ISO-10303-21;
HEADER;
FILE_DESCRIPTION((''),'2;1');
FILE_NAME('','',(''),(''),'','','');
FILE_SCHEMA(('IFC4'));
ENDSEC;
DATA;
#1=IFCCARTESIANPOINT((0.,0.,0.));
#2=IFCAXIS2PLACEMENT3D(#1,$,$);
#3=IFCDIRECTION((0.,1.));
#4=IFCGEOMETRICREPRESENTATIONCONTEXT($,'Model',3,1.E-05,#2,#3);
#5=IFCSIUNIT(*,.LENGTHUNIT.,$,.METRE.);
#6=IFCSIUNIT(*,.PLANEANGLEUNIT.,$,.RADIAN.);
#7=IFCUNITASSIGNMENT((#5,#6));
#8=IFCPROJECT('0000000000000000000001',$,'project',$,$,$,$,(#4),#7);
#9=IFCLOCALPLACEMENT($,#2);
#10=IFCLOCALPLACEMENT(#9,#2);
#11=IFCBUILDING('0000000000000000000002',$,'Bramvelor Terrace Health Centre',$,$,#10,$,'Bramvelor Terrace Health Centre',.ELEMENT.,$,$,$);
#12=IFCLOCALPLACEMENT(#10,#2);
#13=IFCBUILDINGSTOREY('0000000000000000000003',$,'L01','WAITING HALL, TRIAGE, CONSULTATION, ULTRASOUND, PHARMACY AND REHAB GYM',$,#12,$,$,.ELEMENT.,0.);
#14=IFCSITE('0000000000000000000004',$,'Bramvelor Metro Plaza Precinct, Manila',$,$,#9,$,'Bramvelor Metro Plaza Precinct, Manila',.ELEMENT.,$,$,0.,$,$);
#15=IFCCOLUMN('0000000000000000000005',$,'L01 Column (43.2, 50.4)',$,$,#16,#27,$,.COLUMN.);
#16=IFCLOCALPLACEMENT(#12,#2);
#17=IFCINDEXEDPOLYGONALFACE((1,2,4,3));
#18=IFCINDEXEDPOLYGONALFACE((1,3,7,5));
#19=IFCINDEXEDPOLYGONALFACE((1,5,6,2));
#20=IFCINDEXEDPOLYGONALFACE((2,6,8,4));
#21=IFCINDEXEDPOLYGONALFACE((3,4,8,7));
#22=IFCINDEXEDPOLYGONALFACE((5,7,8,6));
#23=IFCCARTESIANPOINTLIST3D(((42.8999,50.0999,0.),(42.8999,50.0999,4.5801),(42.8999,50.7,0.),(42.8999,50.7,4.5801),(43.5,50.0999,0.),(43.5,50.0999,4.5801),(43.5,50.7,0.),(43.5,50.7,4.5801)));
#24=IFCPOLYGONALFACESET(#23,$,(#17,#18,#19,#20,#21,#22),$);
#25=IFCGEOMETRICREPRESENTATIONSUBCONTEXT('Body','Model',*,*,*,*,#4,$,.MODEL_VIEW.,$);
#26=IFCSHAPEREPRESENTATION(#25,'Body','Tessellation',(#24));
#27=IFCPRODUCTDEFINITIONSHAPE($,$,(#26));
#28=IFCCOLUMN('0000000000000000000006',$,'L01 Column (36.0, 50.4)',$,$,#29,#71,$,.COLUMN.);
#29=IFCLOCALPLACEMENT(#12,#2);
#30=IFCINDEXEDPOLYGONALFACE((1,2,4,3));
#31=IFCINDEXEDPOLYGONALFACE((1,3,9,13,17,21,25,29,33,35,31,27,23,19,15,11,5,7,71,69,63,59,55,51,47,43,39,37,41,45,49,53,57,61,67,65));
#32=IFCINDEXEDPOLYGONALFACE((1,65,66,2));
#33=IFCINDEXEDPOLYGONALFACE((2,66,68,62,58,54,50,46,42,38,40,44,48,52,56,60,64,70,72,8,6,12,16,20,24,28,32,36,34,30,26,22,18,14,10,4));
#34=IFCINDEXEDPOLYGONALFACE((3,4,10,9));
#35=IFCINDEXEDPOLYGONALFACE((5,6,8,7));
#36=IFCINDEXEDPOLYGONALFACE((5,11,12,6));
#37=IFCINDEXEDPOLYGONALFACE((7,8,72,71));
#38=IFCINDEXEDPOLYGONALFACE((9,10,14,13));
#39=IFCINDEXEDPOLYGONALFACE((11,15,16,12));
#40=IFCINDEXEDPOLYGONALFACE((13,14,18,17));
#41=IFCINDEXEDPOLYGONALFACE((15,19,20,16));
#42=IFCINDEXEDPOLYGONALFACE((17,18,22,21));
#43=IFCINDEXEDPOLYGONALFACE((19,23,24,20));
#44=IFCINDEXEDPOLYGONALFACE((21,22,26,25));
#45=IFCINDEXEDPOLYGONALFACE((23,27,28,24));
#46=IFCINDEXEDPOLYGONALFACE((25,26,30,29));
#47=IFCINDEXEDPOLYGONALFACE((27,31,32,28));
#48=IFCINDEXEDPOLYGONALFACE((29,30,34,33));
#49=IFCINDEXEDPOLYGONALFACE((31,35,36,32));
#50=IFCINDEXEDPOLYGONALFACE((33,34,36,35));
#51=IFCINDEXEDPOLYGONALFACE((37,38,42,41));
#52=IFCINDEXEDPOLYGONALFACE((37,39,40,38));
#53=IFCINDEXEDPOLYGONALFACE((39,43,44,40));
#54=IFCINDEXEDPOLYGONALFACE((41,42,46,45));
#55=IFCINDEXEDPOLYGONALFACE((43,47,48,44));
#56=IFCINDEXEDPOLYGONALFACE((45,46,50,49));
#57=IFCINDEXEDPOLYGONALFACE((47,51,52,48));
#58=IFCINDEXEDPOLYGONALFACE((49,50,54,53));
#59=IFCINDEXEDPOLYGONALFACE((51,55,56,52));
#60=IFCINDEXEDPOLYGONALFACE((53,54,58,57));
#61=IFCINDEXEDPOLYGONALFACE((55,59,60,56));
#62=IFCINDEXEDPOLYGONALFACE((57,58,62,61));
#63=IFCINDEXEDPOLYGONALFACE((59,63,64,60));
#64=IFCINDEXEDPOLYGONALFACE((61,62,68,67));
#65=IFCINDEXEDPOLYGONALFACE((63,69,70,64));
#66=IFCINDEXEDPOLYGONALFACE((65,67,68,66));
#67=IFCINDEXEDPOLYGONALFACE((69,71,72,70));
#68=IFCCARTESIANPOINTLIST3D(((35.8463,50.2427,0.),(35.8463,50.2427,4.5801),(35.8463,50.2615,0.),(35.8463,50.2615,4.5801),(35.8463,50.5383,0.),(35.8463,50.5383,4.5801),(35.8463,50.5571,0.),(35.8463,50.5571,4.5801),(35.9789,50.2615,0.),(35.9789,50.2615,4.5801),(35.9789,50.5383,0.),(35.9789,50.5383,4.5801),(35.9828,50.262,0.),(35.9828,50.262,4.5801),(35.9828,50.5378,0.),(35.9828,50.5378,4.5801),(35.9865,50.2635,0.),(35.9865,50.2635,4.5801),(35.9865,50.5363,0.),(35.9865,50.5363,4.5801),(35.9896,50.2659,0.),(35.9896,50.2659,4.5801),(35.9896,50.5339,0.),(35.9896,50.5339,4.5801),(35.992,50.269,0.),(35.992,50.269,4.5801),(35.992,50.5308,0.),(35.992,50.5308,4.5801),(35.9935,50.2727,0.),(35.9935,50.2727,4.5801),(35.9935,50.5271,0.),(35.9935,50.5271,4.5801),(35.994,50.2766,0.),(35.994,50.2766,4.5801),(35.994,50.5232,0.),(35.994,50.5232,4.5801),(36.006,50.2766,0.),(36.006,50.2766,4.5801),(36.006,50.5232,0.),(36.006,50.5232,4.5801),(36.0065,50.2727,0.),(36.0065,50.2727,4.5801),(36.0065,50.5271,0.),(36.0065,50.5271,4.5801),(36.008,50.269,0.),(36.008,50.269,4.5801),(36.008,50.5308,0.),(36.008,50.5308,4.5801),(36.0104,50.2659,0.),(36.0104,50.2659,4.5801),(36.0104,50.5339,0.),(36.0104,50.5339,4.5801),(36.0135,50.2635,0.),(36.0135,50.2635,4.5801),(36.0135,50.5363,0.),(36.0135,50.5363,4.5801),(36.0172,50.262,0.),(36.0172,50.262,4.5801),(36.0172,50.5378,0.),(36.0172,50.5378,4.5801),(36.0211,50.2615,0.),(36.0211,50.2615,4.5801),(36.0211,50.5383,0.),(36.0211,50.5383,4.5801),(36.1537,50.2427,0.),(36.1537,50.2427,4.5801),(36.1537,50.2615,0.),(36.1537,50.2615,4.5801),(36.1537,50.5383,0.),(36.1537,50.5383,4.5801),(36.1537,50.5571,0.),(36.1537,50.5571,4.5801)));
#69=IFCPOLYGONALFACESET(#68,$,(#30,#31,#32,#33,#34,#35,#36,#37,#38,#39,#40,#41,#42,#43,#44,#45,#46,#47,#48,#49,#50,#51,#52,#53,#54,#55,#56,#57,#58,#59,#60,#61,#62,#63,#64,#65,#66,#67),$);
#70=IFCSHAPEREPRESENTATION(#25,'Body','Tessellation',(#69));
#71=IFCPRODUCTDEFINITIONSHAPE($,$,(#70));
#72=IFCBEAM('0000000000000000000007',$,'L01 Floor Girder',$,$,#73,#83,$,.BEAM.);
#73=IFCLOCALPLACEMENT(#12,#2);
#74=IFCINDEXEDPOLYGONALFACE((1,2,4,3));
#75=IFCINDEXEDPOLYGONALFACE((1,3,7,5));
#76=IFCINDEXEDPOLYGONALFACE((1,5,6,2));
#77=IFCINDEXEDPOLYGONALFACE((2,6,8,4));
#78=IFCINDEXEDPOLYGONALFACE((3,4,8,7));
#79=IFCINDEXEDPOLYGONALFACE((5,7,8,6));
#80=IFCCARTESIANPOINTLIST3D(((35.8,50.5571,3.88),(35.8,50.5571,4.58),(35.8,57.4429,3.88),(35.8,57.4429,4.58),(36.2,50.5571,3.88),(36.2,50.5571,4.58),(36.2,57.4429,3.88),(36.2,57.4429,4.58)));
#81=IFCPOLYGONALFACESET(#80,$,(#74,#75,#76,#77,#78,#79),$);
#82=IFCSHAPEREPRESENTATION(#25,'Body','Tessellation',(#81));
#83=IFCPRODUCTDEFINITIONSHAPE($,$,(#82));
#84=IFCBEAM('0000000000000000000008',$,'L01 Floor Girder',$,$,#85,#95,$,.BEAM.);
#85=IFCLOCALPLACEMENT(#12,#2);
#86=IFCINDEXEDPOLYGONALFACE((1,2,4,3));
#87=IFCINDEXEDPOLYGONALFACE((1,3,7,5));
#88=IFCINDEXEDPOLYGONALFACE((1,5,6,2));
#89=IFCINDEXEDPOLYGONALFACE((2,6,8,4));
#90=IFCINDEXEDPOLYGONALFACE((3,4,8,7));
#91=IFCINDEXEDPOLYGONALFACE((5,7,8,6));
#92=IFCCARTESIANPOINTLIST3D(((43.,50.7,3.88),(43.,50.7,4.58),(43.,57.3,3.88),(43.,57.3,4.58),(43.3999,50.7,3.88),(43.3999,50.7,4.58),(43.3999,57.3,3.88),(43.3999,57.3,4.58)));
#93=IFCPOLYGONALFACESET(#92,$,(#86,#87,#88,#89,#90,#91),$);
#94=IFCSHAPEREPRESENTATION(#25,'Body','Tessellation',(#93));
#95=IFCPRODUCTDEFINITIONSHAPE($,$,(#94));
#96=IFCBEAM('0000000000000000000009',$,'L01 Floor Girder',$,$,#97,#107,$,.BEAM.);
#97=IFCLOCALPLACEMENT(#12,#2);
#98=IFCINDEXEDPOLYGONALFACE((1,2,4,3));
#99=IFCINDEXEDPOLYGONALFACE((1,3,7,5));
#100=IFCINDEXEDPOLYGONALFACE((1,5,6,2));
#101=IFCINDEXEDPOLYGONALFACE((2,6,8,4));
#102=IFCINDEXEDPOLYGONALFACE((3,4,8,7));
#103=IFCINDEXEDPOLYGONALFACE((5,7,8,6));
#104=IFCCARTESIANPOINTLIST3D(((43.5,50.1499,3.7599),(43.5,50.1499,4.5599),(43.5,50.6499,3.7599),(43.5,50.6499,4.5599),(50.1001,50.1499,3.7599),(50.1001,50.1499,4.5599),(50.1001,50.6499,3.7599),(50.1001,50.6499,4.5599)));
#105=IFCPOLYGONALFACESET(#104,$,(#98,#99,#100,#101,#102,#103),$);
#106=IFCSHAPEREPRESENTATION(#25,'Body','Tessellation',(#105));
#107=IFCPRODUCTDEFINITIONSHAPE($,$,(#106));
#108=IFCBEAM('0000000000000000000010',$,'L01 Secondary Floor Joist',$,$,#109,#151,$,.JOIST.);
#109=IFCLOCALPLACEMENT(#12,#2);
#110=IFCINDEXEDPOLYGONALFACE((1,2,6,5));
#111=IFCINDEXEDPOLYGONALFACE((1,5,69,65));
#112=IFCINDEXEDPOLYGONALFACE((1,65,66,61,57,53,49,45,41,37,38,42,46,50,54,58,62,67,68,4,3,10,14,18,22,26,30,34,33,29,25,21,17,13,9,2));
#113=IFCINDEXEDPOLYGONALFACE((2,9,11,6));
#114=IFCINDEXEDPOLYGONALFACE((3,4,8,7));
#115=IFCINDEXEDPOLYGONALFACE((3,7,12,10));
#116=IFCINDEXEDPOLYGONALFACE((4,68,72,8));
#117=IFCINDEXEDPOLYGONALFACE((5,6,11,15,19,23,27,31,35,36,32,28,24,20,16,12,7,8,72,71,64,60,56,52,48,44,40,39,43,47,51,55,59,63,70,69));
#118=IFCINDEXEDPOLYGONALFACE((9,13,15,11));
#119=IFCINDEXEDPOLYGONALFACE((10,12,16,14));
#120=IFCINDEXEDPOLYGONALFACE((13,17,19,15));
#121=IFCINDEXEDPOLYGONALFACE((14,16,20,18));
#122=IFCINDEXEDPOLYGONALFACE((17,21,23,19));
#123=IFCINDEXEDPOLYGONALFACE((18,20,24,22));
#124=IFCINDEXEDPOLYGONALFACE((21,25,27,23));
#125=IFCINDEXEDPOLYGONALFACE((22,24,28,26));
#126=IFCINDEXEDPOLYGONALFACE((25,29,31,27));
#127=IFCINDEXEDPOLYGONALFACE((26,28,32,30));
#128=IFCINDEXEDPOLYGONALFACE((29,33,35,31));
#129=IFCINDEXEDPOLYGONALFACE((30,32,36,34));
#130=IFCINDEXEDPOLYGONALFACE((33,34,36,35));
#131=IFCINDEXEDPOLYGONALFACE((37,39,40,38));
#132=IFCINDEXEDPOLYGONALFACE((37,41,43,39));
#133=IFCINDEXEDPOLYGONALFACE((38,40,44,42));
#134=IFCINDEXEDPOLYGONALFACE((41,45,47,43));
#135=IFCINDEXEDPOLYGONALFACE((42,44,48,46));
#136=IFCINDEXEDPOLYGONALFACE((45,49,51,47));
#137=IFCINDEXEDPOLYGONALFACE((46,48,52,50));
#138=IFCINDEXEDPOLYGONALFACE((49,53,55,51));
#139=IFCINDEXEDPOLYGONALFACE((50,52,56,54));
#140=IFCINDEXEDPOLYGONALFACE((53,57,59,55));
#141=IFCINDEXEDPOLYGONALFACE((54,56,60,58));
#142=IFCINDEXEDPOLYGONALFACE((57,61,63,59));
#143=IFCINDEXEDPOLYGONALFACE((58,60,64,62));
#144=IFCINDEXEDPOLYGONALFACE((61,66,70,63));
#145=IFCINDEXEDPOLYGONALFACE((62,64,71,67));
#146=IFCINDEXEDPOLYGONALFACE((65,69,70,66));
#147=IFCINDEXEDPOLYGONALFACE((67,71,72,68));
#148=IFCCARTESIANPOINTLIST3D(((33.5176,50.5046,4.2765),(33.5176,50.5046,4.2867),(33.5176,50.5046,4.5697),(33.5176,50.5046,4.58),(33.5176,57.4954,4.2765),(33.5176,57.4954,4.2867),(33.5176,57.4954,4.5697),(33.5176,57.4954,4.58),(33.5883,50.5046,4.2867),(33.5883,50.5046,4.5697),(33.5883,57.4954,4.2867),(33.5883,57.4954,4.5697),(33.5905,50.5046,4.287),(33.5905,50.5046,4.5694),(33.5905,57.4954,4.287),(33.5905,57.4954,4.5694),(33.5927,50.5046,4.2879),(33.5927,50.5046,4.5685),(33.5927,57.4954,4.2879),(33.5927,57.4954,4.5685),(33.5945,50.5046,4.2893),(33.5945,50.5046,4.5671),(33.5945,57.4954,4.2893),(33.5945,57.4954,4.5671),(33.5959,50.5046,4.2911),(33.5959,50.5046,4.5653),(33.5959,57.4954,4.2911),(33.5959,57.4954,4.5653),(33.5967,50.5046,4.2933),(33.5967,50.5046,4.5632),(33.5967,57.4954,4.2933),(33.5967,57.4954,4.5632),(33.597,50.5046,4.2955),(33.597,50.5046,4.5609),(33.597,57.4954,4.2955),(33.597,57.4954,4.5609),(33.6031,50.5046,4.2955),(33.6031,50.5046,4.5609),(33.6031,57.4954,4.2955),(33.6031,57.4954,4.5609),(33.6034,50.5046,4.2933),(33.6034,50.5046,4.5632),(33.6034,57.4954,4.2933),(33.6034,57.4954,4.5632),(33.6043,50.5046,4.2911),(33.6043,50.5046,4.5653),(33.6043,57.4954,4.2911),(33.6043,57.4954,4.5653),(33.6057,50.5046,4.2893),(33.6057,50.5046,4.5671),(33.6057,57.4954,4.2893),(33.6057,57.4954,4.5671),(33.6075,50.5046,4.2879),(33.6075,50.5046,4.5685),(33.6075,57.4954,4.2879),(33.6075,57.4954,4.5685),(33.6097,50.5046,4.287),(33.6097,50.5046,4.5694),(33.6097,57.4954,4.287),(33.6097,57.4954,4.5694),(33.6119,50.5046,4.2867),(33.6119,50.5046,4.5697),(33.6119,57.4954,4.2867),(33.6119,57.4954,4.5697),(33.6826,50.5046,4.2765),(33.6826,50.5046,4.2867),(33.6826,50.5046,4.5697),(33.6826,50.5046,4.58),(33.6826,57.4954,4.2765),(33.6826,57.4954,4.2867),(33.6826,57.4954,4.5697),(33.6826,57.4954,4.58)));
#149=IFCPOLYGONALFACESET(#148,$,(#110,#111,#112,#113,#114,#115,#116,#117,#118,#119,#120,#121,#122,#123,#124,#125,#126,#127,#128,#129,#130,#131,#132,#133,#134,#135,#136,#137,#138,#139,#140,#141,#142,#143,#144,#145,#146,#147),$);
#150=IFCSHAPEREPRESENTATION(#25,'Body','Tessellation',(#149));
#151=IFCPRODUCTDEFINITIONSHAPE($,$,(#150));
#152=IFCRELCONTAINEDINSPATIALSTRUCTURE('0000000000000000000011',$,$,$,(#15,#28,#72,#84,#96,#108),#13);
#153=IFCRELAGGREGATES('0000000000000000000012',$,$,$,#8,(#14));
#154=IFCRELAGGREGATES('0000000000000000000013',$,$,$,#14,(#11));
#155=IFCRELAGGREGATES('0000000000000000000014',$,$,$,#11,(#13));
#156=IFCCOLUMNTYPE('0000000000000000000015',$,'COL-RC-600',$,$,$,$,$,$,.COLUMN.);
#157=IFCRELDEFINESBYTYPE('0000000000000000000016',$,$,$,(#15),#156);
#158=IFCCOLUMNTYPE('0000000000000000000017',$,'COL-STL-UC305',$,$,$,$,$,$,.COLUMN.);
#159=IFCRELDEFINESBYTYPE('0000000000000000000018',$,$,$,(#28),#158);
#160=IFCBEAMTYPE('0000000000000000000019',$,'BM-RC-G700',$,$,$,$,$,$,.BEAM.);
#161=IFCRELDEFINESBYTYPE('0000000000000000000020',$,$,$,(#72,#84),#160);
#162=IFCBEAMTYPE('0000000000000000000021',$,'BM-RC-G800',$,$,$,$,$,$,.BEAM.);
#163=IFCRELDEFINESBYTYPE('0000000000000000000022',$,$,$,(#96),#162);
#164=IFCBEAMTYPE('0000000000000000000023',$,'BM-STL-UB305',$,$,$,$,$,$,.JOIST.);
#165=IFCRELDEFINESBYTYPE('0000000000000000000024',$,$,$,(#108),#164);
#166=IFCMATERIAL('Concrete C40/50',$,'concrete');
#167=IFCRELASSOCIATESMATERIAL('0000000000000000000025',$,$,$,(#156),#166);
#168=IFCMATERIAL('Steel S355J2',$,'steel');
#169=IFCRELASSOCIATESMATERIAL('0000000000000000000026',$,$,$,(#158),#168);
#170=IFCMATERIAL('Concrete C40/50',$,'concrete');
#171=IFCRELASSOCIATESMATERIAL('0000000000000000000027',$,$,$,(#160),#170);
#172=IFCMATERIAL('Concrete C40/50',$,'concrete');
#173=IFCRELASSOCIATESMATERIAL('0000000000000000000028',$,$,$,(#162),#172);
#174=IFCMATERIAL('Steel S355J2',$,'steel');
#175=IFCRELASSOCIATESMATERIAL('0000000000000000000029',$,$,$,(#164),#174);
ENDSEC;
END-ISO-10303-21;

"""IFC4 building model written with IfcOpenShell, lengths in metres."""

from ifc_helpers import new_model, si_unit, direction, frame, origin, origin_2d, place, context, subcontext, project, spatial, rectangle, i_section, extrude, material, material_profile, profile_set, type_object, element, save


model = new_model("IFC4")

# Units and contexts
model_context = context("Model", 3, precision=1e-05, world=origin(), true_north=direction((0.0, 1.0)))
body_context = subcontext(model_context, "Body", "Model", "MODEL_VIEW")
ifc_project = project(units=[si_unit("LENGTHUNIT", "METRE"), si_unit("PLANEANGLEUNIT", "RADIAN")], contexts=[model_context])

# Site, building, storey
site_placement = place(None, origin())
site = spatial("IfcSite", under=ifc_project, at=site_placement, Name="Bramvelor Metro Plaza Precinct, Manila", LongName="Bramvelor Metro Plaza Precinct, Manila", CompositionType="ELEMENT", RefElevation=0.0)
building_placement = place(site_placement, origin())
building = spatial("IfcBuilding", under=site, at=building_placement, Name="Bramvelor Terrace Health Centre", LongName="Bramvelor Terrace Health Centre", CompositionType="ELEMENT")
storey_placement = place(building_placement, origin())
storey = spatial("IfcBuildingStorey", under=building, at=storey_placement, Name="L01", Description="WAITING HALL, TRIAGE, CONSULTATION, ULTRASOUND, PHARMACY AND REHAB GYM", CompositionType="ELEMENT", Elevation=0.0)

# Columns
ifc_material_1 = material(Name="Concrete C40/50", Category="concrete")
ifc_material_profile_1 = material_profile(ifc_material_1, rectangle(XDim=0.6001, YDim=0.6001, at=origin_2d()), Name="RC 600x600")
ifc_profile_set_1 = profile_set([ifc_material_profile_1], Name="Concrete C40/50")
column_type_1 = type_object("IfcColumnType", Name="COL-RC-600", PredefinedType="COLUMN", material=ifc_profile_set_1)
column_1_placement = place(storey_placement, frame((43.2, 50.3999, 0.0), z_axis=(0.0, 0.0, 1.0), x_axis=(1.0, 0.0, 0.0)))
element("IfcColumn", 1, at=column_1_placement, inside=storey, type_object=column_type_1, Name="L01 Column (43.2, 50.4)", PredefinedType="COLUMN", context=body_context, shape_type="SweptSolid", body=[
    extrude(rectangle(XDim=0.6001, YDim=0.6001, at=origin_2d()), origin(), (0.0, 0.0, 1.0), 4.5801),
])
ifc_material_2 = material(Name="Steel S355J2", Category="steel")
ifc_material_profile_2 = material_profile(ifc_material_2, i_section(OverallWidth=0.3074, OverallDepth=0.3145, WebThickness=0.012, FlangeThickness=0.0188, FilletRadius=0.0151, at=origin_2d()), Name="UC 305x305x118")
ifc_profile_set_2 = profile_set([ifc_material_profile_2], Name="Steel S355J2")
column_type_2 = type_object("IfcColumnType", Name="COL-STL-UC305", PredefinedType="COLUMN", material=ifc_profile_set_2)
column_2_placement = place(storey_placement, frame((36.0, 50.3999, 0.0), z_axis=(0.0, 0.0, 1.0), x_axis=(1.0, 0.0, 0.0)))
element("IfcColumn", 2, at=column_2_placement, inside=storey, type_object=column_type_2, Name="L01 Column (36.0, 50.4)", PredefinedType="COLUMN", context=body_context, shape_type="SweptSolid", body=[
    extrude(i_section(OverallWidth=0.3074, OverallDepth=0.3145, WebThickness=0.012, FlangeThickness=0.0188, FilletRadius=0.0151, at=origin_2d()), origin(), (0.0, 0.0, 1.0), 4.5801),
])

# Beams
ifc_material_3 = material(Name="Concrete C40/50", Category="concrete")
ifc_material_profile_3 = material_profile(ifc_material_3, rectangle(XDim=0.3999, YDim=0.7, at=origin_2d()), Name="RC 400x700")
ifc_profile_set_3 = profile_set([ifc_material_profile_3], Name="Concrete C40/50")
beam_type_1 = type_object("IfcBeamType", Name="BM-RC-G700", PredefinedType="BEAM", material=ifc_profile_set_3)
beam_1_placement = place(storey_placement, frame((36.0, 50.5571, 4.23), z_axis=(0.0, 1.0, 0.0), x_axis=(-1.0, 0.0, 0.0)))
element("IfcBeam", 3, at=beam_1_placement, inside=storey, type_object=beam_type_1, Name="L01 Floor Girder", PredefinedType="BEAM", context=body_context, shape_type="SweptSolid", body=[
    extrude(rectangle(XDim=0.3999, YDim=0.7, at=origin_2d()), origin(), (0.0, 0.0, 1.0), 6.8857),
])
beam_2_placement = place(storey_placement, frame((43.2, 50.7, 4.23), z_axis=(0.0, 1.0, 0.0), x_axis=(-1.0, 0.0, 0.0)))
element("IfcBeam", 4, at=beam_2_placement, inside=storey, type_object=beam_type_1, Name="L01 Floor Girder", PredefinedType="BEAM", context=body_context, shape_type="SweptSolid", body=[
    extrude(rectangle(XDim=0.3999, YDim=0.7, at=origin_2d()), origin(), (0.0, 0.0, 1.0), 6.6001),
])
ifc_material_4 = material(Name="Concrete C40/50", Category="concrete")
ifc_material_profile_4 = material_profile(ifc_material_4, rectangle(XDim=0.5, YDim=0.8, at=origin_2d()), Name="RC 500x800")
ifc_profile_set_4 = profile_set([ifc_material_profile_4], Name="Concrete C40/50")
beam_type_2 = type_object("IfcBeamType", Name="BM-RC-G800", PredefinedType="BEAM", material=ifc_profile_set_4)
beam_3_placement = place(storey_placement, frame((43.5, 50.3999, 4.1599), z_axis=(1.0, 0.0, 0.0), x_axis=(0.0, 1.0, 0.0)))
element("IfcBeam", 5, at=beam_3_placement, inside=storey, type_object=beam_type_2, Name="L01 Floor Girder", PredefinedType="BEAM", context=body_context, shape_type="SweptSolid", body=[
    extrude(rectangle(XDim=0.5, YDim=0.8, at=origin_2d()), origin(), (0.0, 0.0, 1.0), 6.6001),
])
ifc_material_5 = material(Name="Steel S355J2", Category="steel")
ifc_material_profile_5 = material_profile(ifc_material_5, i_section(OverallWidth=0.165, OverallDepth=0.3035, WebThickness=0.0061, FlangeThickness=0.0103, FilletRadius=0.0088, at=origin_2d()), Name="UB 305x165x40")
ifc_profile_set_5 = profile_set([ifc_material_profile_5], Name="Steel S355J2")
beam_type_3 = type_object("IfcBeamType", Name="BM-STL-UB305", PredefinedType="JOIST", material=ifc_profile_set_5)
for number, where, z_axis, x_axis, name in (
    (6, (33.6001, 50.5046, 4.4282), (0.0, 1.0, 0.0), (-1.0, 0.0, 0.0), "L01 Secondary Floor Joist"),
):
    element("IfcBeam", number, at=place(storey_placement, frame(where, z_axis=z_axis, x_axis=x_axis)), inside=storey, type_object=beam_type_3, Name=name, PredefinedType="JOIST", context=body_context, shape_type="SweptSolid", body=[
        extrude(i_section(OverallWidth=0.165, OverallDepth=0.3035, WebThickness=0.0061, FlangeThickness=0.0103, FilletRadius=0.0088, at=origin_2d()), origin(), (0.0, 0.0, 1.0), 6.9907),
    ])

save(model, "model.ifc")
